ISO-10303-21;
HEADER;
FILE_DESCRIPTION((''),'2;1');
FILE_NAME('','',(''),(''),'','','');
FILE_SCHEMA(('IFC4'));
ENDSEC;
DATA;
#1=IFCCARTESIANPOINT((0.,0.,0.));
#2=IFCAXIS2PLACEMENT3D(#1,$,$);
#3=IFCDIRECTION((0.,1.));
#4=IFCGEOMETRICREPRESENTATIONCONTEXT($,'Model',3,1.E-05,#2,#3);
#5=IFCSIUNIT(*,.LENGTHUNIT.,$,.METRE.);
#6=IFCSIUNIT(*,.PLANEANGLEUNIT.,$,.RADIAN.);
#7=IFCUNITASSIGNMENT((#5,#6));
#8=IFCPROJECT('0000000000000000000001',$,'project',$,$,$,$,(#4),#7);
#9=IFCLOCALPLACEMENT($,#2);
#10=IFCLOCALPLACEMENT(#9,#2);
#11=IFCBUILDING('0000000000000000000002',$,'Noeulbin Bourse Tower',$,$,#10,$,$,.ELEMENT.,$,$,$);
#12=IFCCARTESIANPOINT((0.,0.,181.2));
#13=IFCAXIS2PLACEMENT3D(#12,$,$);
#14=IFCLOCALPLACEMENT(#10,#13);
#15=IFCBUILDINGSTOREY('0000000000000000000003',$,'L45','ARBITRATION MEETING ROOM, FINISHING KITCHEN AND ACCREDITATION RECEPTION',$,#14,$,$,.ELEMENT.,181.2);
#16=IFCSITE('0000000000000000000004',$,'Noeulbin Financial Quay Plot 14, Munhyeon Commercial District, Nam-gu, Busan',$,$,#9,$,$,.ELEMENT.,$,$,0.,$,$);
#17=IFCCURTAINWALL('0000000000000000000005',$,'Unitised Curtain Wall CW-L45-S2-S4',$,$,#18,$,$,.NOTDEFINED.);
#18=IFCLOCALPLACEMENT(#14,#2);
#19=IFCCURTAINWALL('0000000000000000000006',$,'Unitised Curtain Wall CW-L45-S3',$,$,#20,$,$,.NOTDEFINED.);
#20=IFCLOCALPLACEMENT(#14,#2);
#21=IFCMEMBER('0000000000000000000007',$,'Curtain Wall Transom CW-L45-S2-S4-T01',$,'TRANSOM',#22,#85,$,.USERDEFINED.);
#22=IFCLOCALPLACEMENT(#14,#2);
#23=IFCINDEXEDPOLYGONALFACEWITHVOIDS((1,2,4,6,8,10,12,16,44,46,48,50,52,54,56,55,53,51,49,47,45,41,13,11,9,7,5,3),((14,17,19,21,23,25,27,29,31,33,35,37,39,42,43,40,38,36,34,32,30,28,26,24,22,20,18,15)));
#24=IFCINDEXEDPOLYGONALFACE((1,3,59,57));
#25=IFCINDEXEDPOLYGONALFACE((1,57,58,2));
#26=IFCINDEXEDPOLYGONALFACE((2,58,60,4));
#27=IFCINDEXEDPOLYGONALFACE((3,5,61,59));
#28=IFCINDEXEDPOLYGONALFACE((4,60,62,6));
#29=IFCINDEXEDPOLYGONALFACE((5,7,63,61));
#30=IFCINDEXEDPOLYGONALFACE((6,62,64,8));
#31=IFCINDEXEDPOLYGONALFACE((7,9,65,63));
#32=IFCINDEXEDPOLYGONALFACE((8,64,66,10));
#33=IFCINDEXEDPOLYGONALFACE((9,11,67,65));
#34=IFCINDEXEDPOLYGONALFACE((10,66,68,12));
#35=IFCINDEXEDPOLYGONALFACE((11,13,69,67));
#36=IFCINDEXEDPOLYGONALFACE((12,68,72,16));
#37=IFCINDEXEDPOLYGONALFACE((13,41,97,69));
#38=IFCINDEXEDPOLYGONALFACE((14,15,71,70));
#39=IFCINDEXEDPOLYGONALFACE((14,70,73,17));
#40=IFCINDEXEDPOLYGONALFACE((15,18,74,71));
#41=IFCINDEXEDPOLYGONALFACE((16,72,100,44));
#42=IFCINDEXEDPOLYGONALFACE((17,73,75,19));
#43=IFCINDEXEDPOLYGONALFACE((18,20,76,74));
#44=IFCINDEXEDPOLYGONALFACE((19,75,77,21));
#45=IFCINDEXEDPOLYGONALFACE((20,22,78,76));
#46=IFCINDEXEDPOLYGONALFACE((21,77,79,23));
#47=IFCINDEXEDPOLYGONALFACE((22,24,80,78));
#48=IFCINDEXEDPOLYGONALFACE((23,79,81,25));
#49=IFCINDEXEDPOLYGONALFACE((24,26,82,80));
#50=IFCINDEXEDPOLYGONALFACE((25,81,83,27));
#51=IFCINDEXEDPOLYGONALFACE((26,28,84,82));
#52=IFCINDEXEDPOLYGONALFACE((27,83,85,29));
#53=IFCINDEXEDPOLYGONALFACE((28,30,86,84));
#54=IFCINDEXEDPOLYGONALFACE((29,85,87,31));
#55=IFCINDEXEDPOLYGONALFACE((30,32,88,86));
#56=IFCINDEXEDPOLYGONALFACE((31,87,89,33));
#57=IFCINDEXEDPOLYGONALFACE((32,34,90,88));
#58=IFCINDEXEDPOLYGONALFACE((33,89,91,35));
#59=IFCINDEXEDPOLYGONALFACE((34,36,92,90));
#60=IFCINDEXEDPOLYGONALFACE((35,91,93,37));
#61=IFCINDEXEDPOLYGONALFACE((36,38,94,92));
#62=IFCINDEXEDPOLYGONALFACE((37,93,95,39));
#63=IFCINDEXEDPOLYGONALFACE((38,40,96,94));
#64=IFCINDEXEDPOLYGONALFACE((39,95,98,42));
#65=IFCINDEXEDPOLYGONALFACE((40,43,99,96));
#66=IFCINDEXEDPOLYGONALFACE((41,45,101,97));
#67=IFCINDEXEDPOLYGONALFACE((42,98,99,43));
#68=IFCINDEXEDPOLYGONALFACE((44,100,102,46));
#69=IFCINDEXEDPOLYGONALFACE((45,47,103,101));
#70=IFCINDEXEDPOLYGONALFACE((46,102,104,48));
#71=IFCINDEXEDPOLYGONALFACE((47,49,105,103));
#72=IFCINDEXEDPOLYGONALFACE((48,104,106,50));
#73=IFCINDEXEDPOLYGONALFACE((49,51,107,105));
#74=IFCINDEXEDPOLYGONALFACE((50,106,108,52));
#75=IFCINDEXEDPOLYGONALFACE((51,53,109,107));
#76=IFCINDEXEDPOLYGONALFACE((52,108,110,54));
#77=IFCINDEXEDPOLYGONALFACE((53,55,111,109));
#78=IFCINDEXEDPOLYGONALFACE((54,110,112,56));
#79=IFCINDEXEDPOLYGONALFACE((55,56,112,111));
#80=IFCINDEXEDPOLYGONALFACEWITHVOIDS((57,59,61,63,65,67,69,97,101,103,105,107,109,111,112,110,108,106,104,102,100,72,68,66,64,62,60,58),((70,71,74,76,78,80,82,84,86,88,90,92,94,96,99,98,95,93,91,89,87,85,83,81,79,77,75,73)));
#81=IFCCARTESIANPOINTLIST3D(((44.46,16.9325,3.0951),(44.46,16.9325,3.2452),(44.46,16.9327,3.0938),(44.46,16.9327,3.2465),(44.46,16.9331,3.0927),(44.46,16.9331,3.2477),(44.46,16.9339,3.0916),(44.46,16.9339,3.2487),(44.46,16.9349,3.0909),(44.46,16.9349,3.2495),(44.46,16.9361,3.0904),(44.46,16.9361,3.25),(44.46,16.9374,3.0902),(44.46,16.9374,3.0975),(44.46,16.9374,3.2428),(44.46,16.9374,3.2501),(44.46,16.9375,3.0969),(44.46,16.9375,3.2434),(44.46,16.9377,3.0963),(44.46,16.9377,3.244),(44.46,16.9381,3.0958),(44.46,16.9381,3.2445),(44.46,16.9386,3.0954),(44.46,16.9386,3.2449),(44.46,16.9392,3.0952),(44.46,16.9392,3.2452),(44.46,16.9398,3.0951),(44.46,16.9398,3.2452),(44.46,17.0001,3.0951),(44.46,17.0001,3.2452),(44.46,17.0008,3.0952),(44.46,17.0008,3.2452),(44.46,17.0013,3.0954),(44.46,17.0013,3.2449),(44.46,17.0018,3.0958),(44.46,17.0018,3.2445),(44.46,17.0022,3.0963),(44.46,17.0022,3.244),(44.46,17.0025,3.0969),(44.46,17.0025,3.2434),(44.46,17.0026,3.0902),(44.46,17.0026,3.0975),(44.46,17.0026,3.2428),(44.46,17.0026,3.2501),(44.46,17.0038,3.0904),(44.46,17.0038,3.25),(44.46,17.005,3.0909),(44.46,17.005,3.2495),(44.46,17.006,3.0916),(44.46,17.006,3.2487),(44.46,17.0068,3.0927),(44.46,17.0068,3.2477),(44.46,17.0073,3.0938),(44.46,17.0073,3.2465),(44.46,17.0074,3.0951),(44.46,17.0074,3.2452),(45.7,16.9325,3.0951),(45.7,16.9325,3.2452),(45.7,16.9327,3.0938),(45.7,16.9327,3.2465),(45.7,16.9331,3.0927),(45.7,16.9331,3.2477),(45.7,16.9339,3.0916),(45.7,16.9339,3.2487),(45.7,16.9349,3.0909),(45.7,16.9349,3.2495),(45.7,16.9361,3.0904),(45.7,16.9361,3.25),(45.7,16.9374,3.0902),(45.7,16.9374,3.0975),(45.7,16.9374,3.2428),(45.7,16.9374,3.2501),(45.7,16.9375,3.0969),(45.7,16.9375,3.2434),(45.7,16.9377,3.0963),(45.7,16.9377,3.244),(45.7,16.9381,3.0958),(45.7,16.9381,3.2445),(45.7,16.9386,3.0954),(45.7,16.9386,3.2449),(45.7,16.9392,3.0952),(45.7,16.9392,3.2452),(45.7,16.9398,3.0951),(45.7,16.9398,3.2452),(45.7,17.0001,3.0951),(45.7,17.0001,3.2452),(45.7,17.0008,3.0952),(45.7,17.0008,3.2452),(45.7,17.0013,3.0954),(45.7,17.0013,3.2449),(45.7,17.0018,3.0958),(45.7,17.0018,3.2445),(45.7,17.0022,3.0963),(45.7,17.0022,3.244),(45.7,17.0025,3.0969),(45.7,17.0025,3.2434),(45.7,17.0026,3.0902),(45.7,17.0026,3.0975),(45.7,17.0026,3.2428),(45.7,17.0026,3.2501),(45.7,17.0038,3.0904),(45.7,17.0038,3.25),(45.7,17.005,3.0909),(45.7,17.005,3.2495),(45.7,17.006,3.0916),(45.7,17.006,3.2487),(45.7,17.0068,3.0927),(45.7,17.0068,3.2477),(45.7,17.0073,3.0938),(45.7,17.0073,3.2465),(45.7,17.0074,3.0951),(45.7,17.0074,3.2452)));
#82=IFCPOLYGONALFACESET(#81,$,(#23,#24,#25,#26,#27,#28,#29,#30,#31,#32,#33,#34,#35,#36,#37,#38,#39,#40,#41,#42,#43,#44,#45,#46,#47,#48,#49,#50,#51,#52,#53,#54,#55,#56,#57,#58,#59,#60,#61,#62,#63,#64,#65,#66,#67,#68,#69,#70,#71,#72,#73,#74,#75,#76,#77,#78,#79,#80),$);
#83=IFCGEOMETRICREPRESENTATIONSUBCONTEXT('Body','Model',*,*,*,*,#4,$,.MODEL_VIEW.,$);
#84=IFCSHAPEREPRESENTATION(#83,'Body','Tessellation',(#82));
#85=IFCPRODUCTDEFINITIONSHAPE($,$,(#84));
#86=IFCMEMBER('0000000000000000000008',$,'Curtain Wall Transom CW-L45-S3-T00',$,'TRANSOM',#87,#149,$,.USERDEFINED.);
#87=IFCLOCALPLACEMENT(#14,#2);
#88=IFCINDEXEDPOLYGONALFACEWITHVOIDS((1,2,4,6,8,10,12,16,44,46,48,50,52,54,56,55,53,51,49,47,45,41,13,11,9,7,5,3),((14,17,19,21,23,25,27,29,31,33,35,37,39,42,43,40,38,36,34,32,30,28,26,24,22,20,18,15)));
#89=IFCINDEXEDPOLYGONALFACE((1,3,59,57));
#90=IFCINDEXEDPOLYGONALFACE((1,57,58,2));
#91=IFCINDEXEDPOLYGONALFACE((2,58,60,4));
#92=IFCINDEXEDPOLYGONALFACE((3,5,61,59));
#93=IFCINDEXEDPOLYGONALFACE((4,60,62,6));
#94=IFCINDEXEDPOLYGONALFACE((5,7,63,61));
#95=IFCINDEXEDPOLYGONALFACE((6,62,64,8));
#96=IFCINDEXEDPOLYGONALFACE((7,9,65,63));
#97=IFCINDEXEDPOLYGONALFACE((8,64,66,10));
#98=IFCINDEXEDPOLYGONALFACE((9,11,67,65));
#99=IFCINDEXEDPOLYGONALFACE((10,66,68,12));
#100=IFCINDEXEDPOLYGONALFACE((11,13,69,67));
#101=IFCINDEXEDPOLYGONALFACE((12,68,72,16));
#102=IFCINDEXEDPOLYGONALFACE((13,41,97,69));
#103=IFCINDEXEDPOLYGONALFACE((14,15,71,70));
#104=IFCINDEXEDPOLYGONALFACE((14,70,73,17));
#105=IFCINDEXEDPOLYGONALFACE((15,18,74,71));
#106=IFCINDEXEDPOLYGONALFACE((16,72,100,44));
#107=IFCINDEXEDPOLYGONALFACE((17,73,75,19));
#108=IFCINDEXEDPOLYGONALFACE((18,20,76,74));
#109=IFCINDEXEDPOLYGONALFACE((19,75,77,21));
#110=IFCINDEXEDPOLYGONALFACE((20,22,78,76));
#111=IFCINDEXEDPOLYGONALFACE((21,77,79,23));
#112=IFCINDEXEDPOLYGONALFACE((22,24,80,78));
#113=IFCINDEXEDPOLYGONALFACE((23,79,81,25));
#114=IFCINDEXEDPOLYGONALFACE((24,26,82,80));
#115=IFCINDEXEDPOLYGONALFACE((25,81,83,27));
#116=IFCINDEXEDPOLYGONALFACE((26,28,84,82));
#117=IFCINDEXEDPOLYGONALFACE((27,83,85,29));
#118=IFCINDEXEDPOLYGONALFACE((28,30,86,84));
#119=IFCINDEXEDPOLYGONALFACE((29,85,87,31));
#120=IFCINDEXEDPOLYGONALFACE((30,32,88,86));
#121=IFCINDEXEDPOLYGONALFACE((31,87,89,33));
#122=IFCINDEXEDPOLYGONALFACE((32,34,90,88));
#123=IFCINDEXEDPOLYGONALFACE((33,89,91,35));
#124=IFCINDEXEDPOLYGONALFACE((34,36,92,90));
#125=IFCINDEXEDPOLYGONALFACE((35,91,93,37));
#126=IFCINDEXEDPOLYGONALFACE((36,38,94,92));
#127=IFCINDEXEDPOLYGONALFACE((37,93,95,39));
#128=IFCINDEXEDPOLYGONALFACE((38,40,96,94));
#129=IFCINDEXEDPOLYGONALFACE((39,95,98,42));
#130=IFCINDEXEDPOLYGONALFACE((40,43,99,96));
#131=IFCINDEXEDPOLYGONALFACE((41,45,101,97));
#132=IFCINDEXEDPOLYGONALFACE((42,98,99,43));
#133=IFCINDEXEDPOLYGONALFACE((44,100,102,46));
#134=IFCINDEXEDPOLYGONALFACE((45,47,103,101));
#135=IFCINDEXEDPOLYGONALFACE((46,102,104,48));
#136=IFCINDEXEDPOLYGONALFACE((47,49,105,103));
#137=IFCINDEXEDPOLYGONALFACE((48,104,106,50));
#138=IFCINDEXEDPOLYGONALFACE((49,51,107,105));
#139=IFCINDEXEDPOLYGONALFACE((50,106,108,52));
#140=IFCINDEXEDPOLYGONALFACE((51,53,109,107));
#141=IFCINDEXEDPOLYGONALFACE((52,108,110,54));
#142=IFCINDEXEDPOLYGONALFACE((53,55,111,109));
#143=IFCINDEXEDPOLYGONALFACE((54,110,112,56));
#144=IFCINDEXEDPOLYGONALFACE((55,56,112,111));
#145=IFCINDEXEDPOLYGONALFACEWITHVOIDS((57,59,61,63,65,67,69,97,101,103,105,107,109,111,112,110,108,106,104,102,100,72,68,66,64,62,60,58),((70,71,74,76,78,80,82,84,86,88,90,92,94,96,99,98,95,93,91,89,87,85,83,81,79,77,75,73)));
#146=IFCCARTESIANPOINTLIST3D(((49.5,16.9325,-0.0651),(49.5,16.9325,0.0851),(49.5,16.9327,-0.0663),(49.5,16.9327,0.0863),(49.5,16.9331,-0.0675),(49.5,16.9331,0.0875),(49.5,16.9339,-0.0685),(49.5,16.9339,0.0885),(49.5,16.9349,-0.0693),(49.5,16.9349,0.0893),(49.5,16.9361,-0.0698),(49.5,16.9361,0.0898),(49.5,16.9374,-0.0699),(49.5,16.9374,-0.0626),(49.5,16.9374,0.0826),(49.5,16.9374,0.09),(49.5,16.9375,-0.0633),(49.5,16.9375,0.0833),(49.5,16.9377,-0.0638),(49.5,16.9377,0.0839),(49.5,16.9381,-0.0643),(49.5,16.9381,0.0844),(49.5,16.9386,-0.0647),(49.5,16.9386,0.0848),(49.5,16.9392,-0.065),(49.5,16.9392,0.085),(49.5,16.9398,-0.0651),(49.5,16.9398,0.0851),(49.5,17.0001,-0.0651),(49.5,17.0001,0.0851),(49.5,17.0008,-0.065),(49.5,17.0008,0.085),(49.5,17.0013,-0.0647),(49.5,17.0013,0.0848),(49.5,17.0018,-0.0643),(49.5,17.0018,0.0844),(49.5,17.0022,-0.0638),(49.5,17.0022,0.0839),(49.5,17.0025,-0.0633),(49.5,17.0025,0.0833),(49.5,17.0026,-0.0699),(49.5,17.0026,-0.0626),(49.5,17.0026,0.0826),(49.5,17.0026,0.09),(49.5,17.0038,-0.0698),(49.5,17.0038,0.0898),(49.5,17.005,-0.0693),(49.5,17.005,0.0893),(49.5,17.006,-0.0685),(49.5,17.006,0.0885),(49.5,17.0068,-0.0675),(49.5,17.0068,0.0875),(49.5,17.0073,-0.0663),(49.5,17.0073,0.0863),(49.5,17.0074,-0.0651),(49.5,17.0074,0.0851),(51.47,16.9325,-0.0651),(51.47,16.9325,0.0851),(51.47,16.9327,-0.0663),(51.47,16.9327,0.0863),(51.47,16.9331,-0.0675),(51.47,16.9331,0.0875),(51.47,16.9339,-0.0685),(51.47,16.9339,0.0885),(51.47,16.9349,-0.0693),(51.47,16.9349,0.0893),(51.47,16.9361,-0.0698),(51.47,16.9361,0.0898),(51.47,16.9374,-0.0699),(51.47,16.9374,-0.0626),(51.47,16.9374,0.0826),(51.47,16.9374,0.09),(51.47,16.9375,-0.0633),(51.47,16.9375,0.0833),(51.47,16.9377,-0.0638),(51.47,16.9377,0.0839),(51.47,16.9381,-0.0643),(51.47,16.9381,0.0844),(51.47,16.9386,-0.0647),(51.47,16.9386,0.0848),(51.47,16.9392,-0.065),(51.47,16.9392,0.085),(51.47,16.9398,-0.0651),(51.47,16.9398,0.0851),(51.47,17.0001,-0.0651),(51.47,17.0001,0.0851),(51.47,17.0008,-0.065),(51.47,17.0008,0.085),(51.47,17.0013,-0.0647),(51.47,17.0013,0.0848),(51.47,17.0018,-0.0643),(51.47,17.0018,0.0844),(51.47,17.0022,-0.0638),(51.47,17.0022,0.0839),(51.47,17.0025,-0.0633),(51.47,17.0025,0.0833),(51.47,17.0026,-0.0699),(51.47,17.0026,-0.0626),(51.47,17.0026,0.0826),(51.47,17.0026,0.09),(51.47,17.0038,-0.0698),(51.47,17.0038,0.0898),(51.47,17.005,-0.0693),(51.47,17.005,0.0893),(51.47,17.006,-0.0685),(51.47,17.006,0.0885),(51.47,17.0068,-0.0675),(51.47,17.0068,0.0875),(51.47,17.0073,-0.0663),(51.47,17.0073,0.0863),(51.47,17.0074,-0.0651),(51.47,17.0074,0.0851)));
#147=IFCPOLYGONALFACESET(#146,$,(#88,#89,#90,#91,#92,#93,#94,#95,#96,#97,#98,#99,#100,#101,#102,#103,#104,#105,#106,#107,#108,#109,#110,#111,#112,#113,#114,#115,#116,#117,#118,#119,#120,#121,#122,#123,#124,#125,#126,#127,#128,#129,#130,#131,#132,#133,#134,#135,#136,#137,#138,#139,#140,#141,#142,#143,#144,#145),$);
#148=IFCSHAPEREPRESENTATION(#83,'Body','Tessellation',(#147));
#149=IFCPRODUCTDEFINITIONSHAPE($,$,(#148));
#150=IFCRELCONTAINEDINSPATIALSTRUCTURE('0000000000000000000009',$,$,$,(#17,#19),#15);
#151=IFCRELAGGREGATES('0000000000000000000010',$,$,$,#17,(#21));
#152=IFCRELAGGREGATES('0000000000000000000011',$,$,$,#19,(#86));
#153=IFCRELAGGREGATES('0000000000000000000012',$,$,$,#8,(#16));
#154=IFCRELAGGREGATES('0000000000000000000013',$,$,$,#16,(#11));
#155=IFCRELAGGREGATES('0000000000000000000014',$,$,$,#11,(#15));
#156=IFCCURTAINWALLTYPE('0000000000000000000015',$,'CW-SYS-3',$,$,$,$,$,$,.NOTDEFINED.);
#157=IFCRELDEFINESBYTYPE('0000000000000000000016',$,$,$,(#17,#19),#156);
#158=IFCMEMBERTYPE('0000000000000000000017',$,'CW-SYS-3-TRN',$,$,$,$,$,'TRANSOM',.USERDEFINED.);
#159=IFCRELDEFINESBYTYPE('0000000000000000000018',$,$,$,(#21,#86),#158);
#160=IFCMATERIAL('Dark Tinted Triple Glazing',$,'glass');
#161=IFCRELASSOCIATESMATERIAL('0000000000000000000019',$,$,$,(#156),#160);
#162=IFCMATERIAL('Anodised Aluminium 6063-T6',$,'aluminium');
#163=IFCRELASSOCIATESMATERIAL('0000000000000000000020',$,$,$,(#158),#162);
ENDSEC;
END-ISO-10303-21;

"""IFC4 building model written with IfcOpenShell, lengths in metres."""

from ifc_helpers import new_model, si_unit, direction, frame, origin, origin_2d, place, context, subcontext, project, spatial, hollow_rectangle, extrude, material, material_profile, profile_set, type_object, element, aggregate, save


model = new_model("IFC4")

# Units and contexts
model_context = context("Model", 3, precision=1e-05, world=origin(), true_north=direction((0.0, 1.0)))
body_context = subcontext(model_context, "Body", "Model", "MODEL_VIEW")
ifc_project = project(units=[si_unit("LENGTHUNIT", "METRE"), si_unit("PLANEANGLEUNIT", "RADIAN")], contexts=[model_context])

# Site, building, storey
site_placement = place(None, origin())
site = spatial("IfcSite", under=ifc_project, at=site_placement, Name="Noeulbin Financial Quay Plot 14, Munhyeon Commercial District, Nam-gu, Busan", CompositionType="ELEMENT", RefElevation=0.0)
building_placement = place(site_placement, origin())
building = spatial("IfcBuilding", under=site, at=building_placement, Name="Noeulbin Bourse Tower", CompositionType="ELEMENT")
storey_placement = place(building_placement, frame((0.0, 0.0, 181.2)))
storey = spatial("IfcBuildingStorey", under=building, at=storey_placement, Name="L45", Description="ARBITRATION MEETING ROOM, FINISHING KITCHEN AND ACCREDITATION RECEPTION", CompositionType="ELEMENT", Elevation=181.2)

# Shared definitions
ifc_material_1 = material(Name="Dark Tinted Triple Glazing", Category="glass")
curtain_wall_type = type_object("IfcCurtainWallType", Name="CW-SYS-3", PredefinedType="NOTDEFINED", material=ifc_material_1)
ifc_material_2 = material(Name="Anodised Aluminium 6063-T6", Category="aluminium")

# Curtain walls
curtain_wall_1_placement = place(storey_placement, origin())
curtain_wall_1 = element("IfcCurtainWall", 1, at=curtain_wall_1_placement, inside=storey, type_object=curtain_wall_type, Name="Unitised Curtain Wall CW-L45-S2-S4", PredefinedType="NOTDEFINED")
curtain_wall_2_placement = place(storey_placement, origin())
curtain_wall_2 = element("IfcCurtainWall", 2, at=curtain_wall_2_placement, inside=storey, type_object=curtain_wall_type, Name="Unitised Curtain Wall CW-L45-S3", PredefinedType="NOTDEFINED")

# Members
ifc_material_profile_1 = material_profile(ifc_material_2, hollow_rectangle(XDim=0.075, YDim=0.1599, WallThickness=0.0049, InnerFilletRadius=0.0024, OuterFilletRadius=0.0049, at=origin_2d()), Name="ALU-TRAN-75x160x5", Category="LoadBearing")
ifc_profile_set_1 = profile_set([ifc_material_profile_1], Name="Anodised Aluminium 6063-T6")
member_type_1 = type_object("IfcMemberType", Name="CW-SYS-3-TRN", ElementType="TRANSOM", PredefinedType="USERDEFINED", material=ifc_profile_set_1)
member_1_placement = place(storey_placement, frame((44.46, 16.97, 3.1702), z_axis=(1.0, 0.0, 0.0), x_axis=(0.0, 1.0, 0.0)))
member_1 = element("IfcMember", 3, at=member_1_placement, type_object=member_type_1, Name="Curtain Wall Transom CW-L45-S2-S4-T01", ObjectType="TRANSOM", PredefinedType="USERDEFINED", context=body_context, shape_type="SweptSolid", body=[
    extrude(hollow_rectangle(XDim=0.075, YDim=0.1599, WallThickness=0.0049, InnerFilletRadius=0.0024, OuterFilletRadius=0.0049, at=origin_2d()), origin(), (0.0, 0.0, 1.0), 1.24),
])
member_2_placement = place(storey_placement, frame((49.5, 16.97, 0.01), z_axis=(1.0, 0.0, 0.0), x_axis=(0.0, 1.0, 0.0)))
member_2 = element("IfcMember", 4, at=member_2_placement, type_object=member_type_1, Name="Curtain Wall Transom CW-L45-S3-T00", ObjectType="TRANSOM", PredefinedType="USERDEFINED", context=body_context, shape_type="SweptSolid", body=[
    extrude(hollow_rectangle(XDim=0.075, YDim=0.1599, WallThickness=0.0049, InnerFilletRadius=0.0024, OuterFilletRadius=0.0049, at=origin_2d()), origin(), (0.0, 0.0, 1.0), 1.97),
])

aggregate(curtain_wall_1, [member_1])
aggregate(curtain_wall_2, [member_2])

save(model, "model.ifc")
